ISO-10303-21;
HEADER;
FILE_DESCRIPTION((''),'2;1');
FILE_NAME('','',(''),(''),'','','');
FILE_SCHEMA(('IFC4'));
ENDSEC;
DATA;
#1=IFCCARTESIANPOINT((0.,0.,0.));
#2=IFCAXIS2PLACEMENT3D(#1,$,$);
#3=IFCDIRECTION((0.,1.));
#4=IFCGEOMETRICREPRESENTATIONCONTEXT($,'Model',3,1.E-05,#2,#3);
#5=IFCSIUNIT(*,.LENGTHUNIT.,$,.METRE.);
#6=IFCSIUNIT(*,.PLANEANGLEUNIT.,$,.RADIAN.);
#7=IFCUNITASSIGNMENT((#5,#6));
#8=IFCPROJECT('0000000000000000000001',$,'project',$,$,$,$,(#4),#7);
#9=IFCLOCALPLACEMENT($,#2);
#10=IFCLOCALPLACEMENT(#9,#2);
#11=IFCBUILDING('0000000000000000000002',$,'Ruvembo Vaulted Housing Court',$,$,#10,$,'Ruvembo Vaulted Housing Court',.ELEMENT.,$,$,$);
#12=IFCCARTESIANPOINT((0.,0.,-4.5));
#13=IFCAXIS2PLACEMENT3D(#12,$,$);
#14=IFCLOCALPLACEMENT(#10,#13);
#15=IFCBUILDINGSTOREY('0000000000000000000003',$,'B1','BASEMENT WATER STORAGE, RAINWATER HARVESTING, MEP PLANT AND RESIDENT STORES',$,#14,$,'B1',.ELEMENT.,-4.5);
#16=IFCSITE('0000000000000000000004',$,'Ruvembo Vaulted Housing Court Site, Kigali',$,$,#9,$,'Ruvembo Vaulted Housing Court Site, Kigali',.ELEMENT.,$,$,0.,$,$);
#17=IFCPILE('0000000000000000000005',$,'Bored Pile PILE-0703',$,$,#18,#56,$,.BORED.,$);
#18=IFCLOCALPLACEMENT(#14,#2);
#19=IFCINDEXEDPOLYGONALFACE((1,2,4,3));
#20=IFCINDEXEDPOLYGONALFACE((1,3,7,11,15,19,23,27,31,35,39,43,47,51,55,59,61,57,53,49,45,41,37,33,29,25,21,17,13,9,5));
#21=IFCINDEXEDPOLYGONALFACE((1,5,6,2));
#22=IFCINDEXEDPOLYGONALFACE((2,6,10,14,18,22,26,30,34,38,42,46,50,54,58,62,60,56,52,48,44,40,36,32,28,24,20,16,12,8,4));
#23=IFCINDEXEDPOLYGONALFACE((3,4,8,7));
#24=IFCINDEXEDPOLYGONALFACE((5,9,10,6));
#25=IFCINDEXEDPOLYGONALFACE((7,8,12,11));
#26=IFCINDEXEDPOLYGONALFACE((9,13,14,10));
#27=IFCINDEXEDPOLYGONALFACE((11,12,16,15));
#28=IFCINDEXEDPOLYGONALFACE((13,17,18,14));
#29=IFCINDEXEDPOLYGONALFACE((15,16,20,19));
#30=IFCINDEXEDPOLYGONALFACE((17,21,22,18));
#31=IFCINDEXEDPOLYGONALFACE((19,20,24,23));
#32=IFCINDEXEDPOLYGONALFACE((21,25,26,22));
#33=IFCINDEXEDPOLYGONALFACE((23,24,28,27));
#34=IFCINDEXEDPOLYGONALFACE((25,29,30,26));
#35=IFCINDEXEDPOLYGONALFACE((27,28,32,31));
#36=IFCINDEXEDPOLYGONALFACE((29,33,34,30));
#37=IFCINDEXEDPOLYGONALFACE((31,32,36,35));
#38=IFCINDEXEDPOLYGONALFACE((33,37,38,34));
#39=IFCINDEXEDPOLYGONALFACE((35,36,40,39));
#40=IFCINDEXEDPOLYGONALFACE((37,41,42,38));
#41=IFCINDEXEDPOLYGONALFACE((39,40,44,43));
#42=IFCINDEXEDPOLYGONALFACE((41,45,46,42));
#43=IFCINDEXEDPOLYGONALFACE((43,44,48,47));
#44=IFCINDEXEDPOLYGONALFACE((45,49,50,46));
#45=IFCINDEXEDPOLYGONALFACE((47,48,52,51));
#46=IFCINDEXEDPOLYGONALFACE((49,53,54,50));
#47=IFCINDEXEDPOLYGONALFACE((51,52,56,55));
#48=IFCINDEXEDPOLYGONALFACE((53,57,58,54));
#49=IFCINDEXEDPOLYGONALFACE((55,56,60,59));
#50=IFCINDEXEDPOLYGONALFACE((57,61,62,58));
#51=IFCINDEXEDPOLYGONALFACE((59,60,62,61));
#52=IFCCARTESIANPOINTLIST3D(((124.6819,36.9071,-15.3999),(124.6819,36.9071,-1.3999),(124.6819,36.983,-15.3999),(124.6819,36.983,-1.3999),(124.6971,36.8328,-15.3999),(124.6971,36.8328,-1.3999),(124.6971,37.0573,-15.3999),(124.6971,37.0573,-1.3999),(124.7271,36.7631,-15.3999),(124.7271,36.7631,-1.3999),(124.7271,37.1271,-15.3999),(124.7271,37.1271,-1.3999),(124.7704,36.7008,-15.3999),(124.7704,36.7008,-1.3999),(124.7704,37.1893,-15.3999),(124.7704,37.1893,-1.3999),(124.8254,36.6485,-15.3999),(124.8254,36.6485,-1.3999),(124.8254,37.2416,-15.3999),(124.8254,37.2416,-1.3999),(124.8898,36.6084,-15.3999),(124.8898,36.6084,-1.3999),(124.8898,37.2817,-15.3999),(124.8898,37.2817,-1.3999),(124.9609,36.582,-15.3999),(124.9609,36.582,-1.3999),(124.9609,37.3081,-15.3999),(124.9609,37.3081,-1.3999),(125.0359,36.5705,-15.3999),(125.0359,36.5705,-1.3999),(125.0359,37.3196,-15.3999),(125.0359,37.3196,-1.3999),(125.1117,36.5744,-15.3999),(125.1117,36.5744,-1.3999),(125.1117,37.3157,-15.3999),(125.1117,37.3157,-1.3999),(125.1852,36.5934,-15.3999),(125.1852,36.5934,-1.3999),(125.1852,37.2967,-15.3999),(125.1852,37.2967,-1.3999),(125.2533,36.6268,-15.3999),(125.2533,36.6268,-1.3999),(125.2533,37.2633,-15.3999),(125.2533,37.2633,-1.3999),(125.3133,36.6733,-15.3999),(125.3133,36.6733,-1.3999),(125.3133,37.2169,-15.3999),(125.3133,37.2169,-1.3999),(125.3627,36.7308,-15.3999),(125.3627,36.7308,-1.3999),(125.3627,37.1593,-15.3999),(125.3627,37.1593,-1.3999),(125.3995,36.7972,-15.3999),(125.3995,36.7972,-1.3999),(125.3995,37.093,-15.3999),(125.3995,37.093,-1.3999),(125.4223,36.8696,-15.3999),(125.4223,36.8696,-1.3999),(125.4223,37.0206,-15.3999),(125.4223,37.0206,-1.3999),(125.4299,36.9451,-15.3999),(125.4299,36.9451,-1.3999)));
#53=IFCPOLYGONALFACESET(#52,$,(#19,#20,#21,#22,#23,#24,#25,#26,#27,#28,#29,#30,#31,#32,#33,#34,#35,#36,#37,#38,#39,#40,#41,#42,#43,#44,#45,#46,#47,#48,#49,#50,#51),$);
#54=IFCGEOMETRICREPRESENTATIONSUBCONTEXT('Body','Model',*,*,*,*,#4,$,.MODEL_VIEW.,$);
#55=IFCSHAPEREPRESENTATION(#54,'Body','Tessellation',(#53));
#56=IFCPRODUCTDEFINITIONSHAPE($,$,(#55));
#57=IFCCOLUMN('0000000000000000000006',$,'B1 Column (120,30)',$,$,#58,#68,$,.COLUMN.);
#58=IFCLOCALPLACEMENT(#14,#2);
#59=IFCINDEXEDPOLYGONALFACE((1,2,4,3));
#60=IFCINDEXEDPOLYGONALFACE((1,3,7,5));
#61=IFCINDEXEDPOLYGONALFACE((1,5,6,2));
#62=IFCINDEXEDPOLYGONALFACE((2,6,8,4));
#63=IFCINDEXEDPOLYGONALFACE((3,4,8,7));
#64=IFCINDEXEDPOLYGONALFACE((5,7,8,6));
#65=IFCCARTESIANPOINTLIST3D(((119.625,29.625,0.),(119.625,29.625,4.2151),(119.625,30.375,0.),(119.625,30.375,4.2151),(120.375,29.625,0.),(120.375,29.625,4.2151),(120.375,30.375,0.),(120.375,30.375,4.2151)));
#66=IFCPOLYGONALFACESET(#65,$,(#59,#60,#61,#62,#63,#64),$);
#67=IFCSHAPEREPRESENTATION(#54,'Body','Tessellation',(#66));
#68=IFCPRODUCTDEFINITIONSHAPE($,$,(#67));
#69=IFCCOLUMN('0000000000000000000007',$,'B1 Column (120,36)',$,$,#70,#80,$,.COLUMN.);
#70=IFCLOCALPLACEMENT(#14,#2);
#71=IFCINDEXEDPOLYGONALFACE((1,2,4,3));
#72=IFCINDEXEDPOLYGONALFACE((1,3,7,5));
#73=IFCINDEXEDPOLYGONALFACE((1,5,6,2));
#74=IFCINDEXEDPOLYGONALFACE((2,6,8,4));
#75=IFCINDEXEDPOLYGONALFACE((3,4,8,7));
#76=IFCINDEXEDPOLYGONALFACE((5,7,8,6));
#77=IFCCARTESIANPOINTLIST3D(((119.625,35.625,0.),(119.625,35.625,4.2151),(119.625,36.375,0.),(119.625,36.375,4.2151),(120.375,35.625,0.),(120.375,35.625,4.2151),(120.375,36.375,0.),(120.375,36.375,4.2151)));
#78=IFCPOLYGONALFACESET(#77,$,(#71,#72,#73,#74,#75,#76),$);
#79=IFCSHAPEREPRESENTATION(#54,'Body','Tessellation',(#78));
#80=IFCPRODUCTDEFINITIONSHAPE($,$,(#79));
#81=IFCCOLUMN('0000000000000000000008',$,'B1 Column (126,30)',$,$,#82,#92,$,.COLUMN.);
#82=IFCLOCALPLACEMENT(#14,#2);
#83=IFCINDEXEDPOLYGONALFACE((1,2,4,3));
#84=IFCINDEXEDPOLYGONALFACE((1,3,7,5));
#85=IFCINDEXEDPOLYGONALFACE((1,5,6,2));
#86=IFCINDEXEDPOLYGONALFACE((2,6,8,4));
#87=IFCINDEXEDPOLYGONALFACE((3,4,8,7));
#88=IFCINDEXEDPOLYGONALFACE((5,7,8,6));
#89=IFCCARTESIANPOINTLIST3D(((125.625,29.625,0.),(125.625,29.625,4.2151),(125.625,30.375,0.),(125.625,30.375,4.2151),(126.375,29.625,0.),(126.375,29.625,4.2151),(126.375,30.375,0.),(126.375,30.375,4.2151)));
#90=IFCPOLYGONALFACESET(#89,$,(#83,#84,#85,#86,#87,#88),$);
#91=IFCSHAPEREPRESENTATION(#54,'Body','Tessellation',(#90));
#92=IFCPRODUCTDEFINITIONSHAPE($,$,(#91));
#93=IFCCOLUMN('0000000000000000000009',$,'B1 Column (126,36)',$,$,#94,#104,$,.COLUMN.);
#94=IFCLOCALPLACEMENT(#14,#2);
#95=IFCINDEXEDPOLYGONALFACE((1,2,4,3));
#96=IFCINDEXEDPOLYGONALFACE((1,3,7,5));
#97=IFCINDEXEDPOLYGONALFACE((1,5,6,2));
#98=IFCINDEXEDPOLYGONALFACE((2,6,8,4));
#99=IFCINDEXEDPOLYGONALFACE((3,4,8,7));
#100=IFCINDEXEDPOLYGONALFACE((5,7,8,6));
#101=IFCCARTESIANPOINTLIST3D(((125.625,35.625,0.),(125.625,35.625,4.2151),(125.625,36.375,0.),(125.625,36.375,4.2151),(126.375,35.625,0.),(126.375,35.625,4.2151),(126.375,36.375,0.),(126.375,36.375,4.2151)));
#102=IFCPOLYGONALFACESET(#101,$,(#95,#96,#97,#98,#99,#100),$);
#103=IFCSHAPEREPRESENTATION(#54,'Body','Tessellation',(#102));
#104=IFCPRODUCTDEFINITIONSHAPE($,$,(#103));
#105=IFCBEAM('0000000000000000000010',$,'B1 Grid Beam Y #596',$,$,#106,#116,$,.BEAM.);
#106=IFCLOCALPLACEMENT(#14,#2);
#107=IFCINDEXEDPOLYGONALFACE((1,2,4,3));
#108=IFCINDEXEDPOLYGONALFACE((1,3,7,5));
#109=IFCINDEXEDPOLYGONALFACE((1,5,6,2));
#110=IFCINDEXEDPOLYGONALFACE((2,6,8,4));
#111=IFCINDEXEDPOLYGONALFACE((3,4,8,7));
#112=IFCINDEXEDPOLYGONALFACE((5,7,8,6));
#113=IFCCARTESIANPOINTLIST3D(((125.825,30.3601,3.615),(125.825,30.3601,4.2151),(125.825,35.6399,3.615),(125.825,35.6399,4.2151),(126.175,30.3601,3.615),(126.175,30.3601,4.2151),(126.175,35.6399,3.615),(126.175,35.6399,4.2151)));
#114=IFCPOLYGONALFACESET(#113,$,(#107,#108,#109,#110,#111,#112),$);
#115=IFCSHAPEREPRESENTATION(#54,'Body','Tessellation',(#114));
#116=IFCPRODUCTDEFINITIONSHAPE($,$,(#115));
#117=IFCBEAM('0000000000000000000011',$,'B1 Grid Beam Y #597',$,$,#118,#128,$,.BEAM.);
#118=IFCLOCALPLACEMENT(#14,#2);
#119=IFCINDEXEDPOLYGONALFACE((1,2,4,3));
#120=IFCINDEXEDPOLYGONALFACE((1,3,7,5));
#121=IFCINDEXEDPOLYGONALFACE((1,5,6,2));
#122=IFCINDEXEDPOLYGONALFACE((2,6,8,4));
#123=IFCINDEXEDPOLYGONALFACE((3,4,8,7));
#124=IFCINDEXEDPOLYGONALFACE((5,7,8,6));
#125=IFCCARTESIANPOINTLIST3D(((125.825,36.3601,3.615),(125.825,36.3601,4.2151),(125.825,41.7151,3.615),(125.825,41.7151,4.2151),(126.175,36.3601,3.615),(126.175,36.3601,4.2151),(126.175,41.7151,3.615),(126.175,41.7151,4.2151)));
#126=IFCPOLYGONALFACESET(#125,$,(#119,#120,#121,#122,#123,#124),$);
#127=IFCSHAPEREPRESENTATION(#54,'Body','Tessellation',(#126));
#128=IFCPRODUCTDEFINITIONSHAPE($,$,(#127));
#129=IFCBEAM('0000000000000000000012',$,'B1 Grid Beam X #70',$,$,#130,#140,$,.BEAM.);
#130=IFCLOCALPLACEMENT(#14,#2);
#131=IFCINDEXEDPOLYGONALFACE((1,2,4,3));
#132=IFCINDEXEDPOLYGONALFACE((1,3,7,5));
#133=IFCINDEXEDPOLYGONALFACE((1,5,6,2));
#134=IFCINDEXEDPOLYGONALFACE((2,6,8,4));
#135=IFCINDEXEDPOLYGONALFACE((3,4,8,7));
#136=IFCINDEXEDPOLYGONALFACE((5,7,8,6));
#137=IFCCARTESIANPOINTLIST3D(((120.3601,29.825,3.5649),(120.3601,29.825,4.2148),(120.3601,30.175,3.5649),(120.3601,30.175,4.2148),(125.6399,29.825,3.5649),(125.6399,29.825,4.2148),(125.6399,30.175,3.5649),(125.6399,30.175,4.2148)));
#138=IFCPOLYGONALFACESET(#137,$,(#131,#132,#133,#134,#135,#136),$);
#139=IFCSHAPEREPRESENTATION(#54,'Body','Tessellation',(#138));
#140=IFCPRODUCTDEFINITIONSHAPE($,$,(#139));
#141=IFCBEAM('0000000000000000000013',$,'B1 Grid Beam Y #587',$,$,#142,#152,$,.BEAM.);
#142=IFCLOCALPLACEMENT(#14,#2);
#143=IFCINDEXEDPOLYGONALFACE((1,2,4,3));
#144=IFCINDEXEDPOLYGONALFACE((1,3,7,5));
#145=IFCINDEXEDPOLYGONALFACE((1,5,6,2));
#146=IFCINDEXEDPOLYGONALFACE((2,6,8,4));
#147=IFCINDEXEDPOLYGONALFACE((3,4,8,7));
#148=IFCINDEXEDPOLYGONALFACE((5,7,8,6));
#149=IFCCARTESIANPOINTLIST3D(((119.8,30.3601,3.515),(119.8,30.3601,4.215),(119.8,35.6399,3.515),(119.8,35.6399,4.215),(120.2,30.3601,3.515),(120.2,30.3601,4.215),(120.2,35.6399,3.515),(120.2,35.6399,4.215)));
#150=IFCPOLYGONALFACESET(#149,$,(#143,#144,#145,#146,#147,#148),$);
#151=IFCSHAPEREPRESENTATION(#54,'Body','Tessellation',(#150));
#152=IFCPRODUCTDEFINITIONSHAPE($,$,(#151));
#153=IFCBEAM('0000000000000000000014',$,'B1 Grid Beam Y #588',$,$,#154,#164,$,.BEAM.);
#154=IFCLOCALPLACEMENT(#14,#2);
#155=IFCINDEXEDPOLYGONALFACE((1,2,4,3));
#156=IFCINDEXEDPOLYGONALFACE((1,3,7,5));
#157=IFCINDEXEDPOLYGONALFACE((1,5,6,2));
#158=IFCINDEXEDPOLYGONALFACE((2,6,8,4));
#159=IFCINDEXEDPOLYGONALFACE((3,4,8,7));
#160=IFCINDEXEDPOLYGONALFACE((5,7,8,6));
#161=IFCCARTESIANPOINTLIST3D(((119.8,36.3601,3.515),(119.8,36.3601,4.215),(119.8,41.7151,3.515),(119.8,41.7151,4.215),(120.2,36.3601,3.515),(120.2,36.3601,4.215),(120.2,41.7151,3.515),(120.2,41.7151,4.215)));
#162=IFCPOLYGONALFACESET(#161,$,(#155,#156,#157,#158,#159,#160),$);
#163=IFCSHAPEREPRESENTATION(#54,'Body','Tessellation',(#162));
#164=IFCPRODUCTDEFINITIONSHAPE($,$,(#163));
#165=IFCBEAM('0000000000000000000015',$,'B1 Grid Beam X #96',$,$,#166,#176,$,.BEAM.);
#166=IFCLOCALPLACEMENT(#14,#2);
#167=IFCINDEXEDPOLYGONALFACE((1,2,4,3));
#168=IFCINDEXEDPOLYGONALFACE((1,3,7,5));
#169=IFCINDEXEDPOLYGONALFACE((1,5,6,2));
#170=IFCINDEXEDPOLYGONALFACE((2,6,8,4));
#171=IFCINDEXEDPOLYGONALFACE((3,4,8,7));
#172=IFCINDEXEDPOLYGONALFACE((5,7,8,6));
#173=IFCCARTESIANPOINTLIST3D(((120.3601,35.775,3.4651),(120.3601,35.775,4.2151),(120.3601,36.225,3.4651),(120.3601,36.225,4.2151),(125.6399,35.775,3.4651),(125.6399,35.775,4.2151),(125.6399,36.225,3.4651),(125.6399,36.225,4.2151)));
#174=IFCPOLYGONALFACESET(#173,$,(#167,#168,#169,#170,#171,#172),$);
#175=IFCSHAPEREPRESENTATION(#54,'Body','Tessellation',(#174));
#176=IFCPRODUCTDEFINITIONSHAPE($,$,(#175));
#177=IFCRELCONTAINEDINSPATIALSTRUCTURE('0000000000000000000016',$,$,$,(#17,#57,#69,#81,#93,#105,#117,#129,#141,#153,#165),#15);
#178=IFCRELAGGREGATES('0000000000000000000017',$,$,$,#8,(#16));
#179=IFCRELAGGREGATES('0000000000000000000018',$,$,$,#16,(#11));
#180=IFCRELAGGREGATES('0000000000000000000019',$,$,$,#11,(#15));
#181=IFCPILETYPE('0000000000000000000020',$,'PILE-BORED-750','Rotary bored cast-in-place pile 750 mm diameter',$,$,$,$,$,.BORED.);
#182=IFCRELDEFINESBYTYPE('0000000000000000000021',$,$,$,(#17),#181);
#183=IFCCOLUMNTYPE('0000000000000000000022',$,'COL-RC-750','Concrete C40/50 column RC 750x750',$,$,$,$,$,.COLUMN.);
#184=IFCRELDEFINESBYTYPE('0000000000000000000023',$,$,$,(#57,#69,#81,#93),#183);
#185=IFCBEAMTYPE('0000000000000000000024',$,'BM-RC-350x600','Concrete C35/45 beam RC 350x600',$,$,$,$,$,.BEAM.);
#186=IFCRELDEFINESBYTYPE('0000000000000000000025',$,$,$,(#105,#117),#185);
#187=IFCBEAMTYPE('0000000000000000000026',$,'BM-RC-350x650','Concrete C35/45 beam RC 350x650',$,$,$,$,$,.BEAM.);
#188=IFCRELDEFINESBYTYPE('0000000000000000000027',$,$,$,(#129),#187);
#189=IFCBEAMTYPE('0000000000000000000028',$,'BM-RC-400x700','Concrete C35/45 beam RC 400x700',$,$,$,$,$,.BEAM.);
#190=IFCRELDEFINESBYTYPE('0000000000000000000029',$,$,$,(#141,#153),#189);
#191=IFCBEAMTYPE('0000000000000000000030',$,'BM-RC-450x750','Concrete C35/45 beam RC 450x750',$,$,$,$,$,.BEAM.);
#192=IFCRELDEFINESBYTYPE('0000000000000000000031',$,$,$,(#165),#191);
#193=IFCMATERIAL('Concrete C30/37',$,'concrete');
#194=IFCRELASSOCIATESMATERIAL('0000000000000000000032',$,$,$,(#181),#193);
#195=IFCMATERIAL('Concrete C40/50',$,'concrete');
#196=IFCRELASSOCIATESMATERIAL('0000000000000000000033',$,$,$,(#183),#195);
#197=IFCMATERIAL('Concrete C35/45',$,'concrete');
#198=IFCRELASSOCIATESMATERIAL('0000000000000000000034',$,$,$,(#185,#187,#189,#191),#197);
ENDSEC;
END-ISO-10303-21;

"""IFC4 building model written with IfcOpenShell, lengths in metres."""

from ifc_helpers import new_model, si_unit, direction, frame, origin, origin_2d, place, context, subcontext, project, spatial, rectangle, circle, extrude, material, material_profile, profile_set, type_object, element, save


model = new_model("IFC4")

# Units and contexts
model_context = context("Model", 3, precision=1e-05, world=origin(), true_north=direction((0.0, 1.0)))
body_context = subcontext(model_context, "Body", "Model", "MODEL_VIEW")
ifc_project = project(units=[si_unit("LENGTHUNIT", "METRE"), si_unit("PLANEANGLEUNIT", "RADIAN")], contexts=[model_context])

# Site, building, storey
site_placement = place(None, origin())
site = spatial("IfcSite", under=ifc_project, at=site_placement, Name="Ruvembo Vaulted Housing Court Site, Kigali", LongName="Ruvembo Vaulted Housing Court Site, Kigali", CompositionType="ELEMENT", RefElevation=0.0)
building_placement = place(site_placement, origin())
building = spatial("IfcBuilding", under=site, at=building_placement, Name="Ruvembo Vaulted Housing Court", LongName="Ruvembo Vaulted Housing Court", CompositionType="ELEMENT")
storey_placement = place(building_placement, frame((0.0, 0.0, -4.5)))
storey = spatial("IfcBuildingStorey", under=building, at=storey_placement, Name="B1", Description="BASEMENT WATER STORAGE, RAINWATER HARVESTING, MEP PLANT AND RESIDENT STORES", LongName="B1", CompositionType="ELEMENT", Elevation=-4.5)

# Shared definitions
ifc_material_1 = material(Name="Concrete C35/45", Category="concrete")

# Pile
ifc_material_2 = material(Name="Concrete C30/37", Category="concrete")
ifc_material_profile_1 = material_profile(ifc_material_2, circle(Radius=0.375, at=origin_2d()), Name="PILE D750")
ifc_profile_set_1 = profile_set([ifc_material_profile_1], Name="Concrete C30/37")
pile_type = type_object("IfcPileType", Name="PILE-BORED-750", Description="Rotary bored cast-in-place pile 750 mm diameter", PredefinedType="BORED", material=ifc_profile_set_1)
for number, where, z_axis, x_axis, name in (
    (1, (125.0549, 36.9451, -1.3999), (0.0, 0.0, -1.0), (1.0, 0.0, 0.0), "Bored Pile PILE-0703"),
):
    element("IfcPile", number, at=place(storey_placement, frame(where, z_axis=z_axis, x_axis=x_axis)), inside=storey, type_object=pile_type, Name=name, PredefinedType="BORED", context=body_context, shape_type="SweptSolid", body=[
        extrude(circle(Radius=0.375, at=origin_2d()), origin(), (0.0, 0.0, 1.0), 14.0),
    ])

# Columns
ifc_material_3 = material(Name="Concrete C40/50", Category="concrete")
ifc_material_profile_2 = material_profile(ifc_material_3, rectangle(XDim=0.75, YDim=0.75, at=origin_2d()), Name="RC 750x750")
ifc_profile_set_2 = profile_set([ifc_material_profile_2], Name="Concrete C40/50")
column_type = type_object("IfcColumnType", Name="COL-RC-750", Description="Concrete C40/50 column RC 750x750", PredefinedType="COLUMN", material=ifc_profile_set_2)
for number, where, z_axis, x_axis, name in (
    (2, (120.0, 30.0, 0.0), (0.0, 0.0, 1.0), (1.0, 0.0, 0.0), "B1 Column (120,30)"),
    (3, (120.0, 36.0, 0.0), (0.0, 0.0, 1.0), (1.0, 0.0, 0.0), "B1 Column (120,36)"),
    (4, (126.0, 30.0, 0.0), (0.0, 0.0, 1.0), (1.0, 0.0, 0.0), "B1 Column (126,30)"),
    (5, (126.0, 36.0, 0.0), (0.0, 0.0, 1.0), (1.0, 0.0, 0.0), "B1 Column (126,36)"),
):
    element("IfcColumn", number, at=place(storey_placement, frame(where, z_axis=z_axis, x_axis=x_axis)), inside=storey, type_object=column_type, Name=name, PredefinedType="COLUMN", context=body_context, shape_type="SweptSolid", body=[
        extrude(rectangle(XDim=0.75, YDim=0.75, at=origin_2d()), origin(), (0.0, 0.0, 1.0), 4.2151),
    ])

# Beams
ifc_material_profile_3 = material_profile(ifc_material_1, rectangle(XDim=0.3501, YDim=0.6001, at=origin_2d()), Name="RC 350x600")
ifc_profile_set_3 = profile_set([ifc_material_profile_3], Name="Concrete C35/45")
beam_type_1 = type_object("IfcBeamType", Name="BM-RC-350x600", Description="Concrete C35/45 beam RC 350x600", PredefinedType="BEAM", material=ifc_profile_set_3)
beam_1_placement = place(storey_placement, frame((126.0, 30.3601, 3.915), z_axis=(0.0, 1.0, 0.0), x_axis=(-1.0, 0.0, 0.0)))
element("IfcBeam", 6, at=beam_1_placement, inside=storey, type_object=beam_type_1, Name="B1 Grid Beam Y #596", PredefinedType="BEAM", context=body_context, shape_type="SweptSolid", body=[
    extrude(rectangle(XDim=0.3501, YDim=0.6001, at=origin_2d()), origin(), (0.0, 0.0, 1.0), 5.2798),
])
beam_2_placement = place(storey_placement, frame((126.0, 36.3601, 3.915), z_axis=(0.0, 1.0, 0.0), x_axis=(-1.0, 0.0, 0.0)))
element("IfcBeam", 7, at=beam_2_placement, inside=storey, type_object=beam_type_1, Name="B1 Grid Beam Y #597", PredefinedType="BEAM", context=body_context, shape_type="SweptSolid", body=[
    extrude(rectangle(XDim=0.3501, YDim=0.6001, at=origin_2d()), origin(), (0.0, 0.0, 1.0), 5.355),
])
ifc_material_profile_4 = material_profile(ifc_material_1, rectangle(XDim=0.3501, YDim=0.6499, at=origin_2d()), Name="RC 350x650")
ifc_profile_set_4 = profile_set([ifc_material_profile_4], Name="Concrete C35/45")
beam_type_2 = type_object("IfcBeamType", Name="BM-RC-350x650", Description="Concrete C35/45 beam RC 350x650", PredefinedType="BEAM", material=ifc_profile_set_4)
beam_3_placement = place(storey_placement, frame((120.3601, 30.0, 3.8899), z_axis=(1.0, 0.0, 0.0), x_axis=(0.0, 1.0, 0.0)))
element("IfcBeam", 8, at=beam_3_placement, inside=storey, type_object=beam_type_2, Name="B1 Grid Beam X #70", PredefinedType="BEAM", context=body_context, shape_type="SweptSolid", body=[
    extrude(rectangle(XDim=0.3501, YDim=0.6499, at=origin_2d()), origin(), (0.0, 0.0, 1.0), 5.2798),
])
ifc_material_profile_5 = material_profile(ifc_material_1, rectangle(XDim=0.3999, YDim=0.7, at=origin_2d()), Name="RC 400x700")
ifc_profile_set_5 = profile_set([ifc_material_profile_5], Name="Concrete C35/45")
beam_type_3 = type_object("IfcBeamType", Name="BM-RC-400x700", Description="Concrete C35/45 beam RC 400x700", PredefinedType="BEAM", material=ifc_profile_set_5)
beam_4_placement = place(storey_placement, frame((120.0, 30.3601, 3.865), z_axis=(0.0, 1.0, 0.0), x_axis=(-1.0, 0.0, 0.0)))
element("IfcBeam", 9, at=beam_4_placement, inside=storey, type_object=beam_type_3, Name="B1 Grid Beam Y #587", PredefinedType="BEAM", context=body_context, shape_type="SweptSolid", body=[
    extrude(rectangle(XDim=0.3999, YDim=0.7, at=origin_2d()), origin(), (0.0, 0.0, 1.0), 5.2798),
])
beam_5_placement = place(storey_placement, frame((120.0, 36.3601, 3.865), z_axis=(0.0, 1.0, 0.0), x_axis=(-1.0, 0.0, 0.0)))
element("IfcBeam", 10, at=beam_5_placement, inside=storey, type_object=beam_type_3, Name="B1 Grid Beam Y #588", PredefinedType="BEAM", context=body_context, shape_type="SweptSolid", body=[
    extrude(rectangle(XDim=0.3999, YDim=0.7, at=origin_2d()), origin(), (0.0, 0.0, 1.0), 5.355),
])
ifc_material_profile_6 = material_profile(ifc_material_1, rectangle(XDim=0.45, YDim=0.75, at=origin_2d()), Name="RC 450x750")
ifc_profile_set_6 = profile_set([ifc_material_profile_6], Name="Concrete C35/45")
beam_type_4 = type_object("IfcBeamType", Name="BM-RC-450x750", Description="Concrete C35/45 beam RC 450x750", PredefinedType="BEAM", material=ifc_profile_set_6)
beam_6_placement = place(storey_placement, frame((120.3601, 36.0, 3.8401), z_axis=(1.0, 0.0, 0.0), x_axis=(0.0, 1.0, 0.0)))
element("IfcBeam", 11, at=beam_6_placement, inside=storey, type_object=beam_type_4, Name="B1 Grid Beam X #96", PredefinedType="BEAM", context=body_context, shape_type="SweptSolid", body=[
    extrude(rectangle(XDim=0.45, YDim=0.75, at=origin_2d()), origin(), (0.0, 0.0, 1.0), 5.2798),
])

save(model, "model.ifc")
